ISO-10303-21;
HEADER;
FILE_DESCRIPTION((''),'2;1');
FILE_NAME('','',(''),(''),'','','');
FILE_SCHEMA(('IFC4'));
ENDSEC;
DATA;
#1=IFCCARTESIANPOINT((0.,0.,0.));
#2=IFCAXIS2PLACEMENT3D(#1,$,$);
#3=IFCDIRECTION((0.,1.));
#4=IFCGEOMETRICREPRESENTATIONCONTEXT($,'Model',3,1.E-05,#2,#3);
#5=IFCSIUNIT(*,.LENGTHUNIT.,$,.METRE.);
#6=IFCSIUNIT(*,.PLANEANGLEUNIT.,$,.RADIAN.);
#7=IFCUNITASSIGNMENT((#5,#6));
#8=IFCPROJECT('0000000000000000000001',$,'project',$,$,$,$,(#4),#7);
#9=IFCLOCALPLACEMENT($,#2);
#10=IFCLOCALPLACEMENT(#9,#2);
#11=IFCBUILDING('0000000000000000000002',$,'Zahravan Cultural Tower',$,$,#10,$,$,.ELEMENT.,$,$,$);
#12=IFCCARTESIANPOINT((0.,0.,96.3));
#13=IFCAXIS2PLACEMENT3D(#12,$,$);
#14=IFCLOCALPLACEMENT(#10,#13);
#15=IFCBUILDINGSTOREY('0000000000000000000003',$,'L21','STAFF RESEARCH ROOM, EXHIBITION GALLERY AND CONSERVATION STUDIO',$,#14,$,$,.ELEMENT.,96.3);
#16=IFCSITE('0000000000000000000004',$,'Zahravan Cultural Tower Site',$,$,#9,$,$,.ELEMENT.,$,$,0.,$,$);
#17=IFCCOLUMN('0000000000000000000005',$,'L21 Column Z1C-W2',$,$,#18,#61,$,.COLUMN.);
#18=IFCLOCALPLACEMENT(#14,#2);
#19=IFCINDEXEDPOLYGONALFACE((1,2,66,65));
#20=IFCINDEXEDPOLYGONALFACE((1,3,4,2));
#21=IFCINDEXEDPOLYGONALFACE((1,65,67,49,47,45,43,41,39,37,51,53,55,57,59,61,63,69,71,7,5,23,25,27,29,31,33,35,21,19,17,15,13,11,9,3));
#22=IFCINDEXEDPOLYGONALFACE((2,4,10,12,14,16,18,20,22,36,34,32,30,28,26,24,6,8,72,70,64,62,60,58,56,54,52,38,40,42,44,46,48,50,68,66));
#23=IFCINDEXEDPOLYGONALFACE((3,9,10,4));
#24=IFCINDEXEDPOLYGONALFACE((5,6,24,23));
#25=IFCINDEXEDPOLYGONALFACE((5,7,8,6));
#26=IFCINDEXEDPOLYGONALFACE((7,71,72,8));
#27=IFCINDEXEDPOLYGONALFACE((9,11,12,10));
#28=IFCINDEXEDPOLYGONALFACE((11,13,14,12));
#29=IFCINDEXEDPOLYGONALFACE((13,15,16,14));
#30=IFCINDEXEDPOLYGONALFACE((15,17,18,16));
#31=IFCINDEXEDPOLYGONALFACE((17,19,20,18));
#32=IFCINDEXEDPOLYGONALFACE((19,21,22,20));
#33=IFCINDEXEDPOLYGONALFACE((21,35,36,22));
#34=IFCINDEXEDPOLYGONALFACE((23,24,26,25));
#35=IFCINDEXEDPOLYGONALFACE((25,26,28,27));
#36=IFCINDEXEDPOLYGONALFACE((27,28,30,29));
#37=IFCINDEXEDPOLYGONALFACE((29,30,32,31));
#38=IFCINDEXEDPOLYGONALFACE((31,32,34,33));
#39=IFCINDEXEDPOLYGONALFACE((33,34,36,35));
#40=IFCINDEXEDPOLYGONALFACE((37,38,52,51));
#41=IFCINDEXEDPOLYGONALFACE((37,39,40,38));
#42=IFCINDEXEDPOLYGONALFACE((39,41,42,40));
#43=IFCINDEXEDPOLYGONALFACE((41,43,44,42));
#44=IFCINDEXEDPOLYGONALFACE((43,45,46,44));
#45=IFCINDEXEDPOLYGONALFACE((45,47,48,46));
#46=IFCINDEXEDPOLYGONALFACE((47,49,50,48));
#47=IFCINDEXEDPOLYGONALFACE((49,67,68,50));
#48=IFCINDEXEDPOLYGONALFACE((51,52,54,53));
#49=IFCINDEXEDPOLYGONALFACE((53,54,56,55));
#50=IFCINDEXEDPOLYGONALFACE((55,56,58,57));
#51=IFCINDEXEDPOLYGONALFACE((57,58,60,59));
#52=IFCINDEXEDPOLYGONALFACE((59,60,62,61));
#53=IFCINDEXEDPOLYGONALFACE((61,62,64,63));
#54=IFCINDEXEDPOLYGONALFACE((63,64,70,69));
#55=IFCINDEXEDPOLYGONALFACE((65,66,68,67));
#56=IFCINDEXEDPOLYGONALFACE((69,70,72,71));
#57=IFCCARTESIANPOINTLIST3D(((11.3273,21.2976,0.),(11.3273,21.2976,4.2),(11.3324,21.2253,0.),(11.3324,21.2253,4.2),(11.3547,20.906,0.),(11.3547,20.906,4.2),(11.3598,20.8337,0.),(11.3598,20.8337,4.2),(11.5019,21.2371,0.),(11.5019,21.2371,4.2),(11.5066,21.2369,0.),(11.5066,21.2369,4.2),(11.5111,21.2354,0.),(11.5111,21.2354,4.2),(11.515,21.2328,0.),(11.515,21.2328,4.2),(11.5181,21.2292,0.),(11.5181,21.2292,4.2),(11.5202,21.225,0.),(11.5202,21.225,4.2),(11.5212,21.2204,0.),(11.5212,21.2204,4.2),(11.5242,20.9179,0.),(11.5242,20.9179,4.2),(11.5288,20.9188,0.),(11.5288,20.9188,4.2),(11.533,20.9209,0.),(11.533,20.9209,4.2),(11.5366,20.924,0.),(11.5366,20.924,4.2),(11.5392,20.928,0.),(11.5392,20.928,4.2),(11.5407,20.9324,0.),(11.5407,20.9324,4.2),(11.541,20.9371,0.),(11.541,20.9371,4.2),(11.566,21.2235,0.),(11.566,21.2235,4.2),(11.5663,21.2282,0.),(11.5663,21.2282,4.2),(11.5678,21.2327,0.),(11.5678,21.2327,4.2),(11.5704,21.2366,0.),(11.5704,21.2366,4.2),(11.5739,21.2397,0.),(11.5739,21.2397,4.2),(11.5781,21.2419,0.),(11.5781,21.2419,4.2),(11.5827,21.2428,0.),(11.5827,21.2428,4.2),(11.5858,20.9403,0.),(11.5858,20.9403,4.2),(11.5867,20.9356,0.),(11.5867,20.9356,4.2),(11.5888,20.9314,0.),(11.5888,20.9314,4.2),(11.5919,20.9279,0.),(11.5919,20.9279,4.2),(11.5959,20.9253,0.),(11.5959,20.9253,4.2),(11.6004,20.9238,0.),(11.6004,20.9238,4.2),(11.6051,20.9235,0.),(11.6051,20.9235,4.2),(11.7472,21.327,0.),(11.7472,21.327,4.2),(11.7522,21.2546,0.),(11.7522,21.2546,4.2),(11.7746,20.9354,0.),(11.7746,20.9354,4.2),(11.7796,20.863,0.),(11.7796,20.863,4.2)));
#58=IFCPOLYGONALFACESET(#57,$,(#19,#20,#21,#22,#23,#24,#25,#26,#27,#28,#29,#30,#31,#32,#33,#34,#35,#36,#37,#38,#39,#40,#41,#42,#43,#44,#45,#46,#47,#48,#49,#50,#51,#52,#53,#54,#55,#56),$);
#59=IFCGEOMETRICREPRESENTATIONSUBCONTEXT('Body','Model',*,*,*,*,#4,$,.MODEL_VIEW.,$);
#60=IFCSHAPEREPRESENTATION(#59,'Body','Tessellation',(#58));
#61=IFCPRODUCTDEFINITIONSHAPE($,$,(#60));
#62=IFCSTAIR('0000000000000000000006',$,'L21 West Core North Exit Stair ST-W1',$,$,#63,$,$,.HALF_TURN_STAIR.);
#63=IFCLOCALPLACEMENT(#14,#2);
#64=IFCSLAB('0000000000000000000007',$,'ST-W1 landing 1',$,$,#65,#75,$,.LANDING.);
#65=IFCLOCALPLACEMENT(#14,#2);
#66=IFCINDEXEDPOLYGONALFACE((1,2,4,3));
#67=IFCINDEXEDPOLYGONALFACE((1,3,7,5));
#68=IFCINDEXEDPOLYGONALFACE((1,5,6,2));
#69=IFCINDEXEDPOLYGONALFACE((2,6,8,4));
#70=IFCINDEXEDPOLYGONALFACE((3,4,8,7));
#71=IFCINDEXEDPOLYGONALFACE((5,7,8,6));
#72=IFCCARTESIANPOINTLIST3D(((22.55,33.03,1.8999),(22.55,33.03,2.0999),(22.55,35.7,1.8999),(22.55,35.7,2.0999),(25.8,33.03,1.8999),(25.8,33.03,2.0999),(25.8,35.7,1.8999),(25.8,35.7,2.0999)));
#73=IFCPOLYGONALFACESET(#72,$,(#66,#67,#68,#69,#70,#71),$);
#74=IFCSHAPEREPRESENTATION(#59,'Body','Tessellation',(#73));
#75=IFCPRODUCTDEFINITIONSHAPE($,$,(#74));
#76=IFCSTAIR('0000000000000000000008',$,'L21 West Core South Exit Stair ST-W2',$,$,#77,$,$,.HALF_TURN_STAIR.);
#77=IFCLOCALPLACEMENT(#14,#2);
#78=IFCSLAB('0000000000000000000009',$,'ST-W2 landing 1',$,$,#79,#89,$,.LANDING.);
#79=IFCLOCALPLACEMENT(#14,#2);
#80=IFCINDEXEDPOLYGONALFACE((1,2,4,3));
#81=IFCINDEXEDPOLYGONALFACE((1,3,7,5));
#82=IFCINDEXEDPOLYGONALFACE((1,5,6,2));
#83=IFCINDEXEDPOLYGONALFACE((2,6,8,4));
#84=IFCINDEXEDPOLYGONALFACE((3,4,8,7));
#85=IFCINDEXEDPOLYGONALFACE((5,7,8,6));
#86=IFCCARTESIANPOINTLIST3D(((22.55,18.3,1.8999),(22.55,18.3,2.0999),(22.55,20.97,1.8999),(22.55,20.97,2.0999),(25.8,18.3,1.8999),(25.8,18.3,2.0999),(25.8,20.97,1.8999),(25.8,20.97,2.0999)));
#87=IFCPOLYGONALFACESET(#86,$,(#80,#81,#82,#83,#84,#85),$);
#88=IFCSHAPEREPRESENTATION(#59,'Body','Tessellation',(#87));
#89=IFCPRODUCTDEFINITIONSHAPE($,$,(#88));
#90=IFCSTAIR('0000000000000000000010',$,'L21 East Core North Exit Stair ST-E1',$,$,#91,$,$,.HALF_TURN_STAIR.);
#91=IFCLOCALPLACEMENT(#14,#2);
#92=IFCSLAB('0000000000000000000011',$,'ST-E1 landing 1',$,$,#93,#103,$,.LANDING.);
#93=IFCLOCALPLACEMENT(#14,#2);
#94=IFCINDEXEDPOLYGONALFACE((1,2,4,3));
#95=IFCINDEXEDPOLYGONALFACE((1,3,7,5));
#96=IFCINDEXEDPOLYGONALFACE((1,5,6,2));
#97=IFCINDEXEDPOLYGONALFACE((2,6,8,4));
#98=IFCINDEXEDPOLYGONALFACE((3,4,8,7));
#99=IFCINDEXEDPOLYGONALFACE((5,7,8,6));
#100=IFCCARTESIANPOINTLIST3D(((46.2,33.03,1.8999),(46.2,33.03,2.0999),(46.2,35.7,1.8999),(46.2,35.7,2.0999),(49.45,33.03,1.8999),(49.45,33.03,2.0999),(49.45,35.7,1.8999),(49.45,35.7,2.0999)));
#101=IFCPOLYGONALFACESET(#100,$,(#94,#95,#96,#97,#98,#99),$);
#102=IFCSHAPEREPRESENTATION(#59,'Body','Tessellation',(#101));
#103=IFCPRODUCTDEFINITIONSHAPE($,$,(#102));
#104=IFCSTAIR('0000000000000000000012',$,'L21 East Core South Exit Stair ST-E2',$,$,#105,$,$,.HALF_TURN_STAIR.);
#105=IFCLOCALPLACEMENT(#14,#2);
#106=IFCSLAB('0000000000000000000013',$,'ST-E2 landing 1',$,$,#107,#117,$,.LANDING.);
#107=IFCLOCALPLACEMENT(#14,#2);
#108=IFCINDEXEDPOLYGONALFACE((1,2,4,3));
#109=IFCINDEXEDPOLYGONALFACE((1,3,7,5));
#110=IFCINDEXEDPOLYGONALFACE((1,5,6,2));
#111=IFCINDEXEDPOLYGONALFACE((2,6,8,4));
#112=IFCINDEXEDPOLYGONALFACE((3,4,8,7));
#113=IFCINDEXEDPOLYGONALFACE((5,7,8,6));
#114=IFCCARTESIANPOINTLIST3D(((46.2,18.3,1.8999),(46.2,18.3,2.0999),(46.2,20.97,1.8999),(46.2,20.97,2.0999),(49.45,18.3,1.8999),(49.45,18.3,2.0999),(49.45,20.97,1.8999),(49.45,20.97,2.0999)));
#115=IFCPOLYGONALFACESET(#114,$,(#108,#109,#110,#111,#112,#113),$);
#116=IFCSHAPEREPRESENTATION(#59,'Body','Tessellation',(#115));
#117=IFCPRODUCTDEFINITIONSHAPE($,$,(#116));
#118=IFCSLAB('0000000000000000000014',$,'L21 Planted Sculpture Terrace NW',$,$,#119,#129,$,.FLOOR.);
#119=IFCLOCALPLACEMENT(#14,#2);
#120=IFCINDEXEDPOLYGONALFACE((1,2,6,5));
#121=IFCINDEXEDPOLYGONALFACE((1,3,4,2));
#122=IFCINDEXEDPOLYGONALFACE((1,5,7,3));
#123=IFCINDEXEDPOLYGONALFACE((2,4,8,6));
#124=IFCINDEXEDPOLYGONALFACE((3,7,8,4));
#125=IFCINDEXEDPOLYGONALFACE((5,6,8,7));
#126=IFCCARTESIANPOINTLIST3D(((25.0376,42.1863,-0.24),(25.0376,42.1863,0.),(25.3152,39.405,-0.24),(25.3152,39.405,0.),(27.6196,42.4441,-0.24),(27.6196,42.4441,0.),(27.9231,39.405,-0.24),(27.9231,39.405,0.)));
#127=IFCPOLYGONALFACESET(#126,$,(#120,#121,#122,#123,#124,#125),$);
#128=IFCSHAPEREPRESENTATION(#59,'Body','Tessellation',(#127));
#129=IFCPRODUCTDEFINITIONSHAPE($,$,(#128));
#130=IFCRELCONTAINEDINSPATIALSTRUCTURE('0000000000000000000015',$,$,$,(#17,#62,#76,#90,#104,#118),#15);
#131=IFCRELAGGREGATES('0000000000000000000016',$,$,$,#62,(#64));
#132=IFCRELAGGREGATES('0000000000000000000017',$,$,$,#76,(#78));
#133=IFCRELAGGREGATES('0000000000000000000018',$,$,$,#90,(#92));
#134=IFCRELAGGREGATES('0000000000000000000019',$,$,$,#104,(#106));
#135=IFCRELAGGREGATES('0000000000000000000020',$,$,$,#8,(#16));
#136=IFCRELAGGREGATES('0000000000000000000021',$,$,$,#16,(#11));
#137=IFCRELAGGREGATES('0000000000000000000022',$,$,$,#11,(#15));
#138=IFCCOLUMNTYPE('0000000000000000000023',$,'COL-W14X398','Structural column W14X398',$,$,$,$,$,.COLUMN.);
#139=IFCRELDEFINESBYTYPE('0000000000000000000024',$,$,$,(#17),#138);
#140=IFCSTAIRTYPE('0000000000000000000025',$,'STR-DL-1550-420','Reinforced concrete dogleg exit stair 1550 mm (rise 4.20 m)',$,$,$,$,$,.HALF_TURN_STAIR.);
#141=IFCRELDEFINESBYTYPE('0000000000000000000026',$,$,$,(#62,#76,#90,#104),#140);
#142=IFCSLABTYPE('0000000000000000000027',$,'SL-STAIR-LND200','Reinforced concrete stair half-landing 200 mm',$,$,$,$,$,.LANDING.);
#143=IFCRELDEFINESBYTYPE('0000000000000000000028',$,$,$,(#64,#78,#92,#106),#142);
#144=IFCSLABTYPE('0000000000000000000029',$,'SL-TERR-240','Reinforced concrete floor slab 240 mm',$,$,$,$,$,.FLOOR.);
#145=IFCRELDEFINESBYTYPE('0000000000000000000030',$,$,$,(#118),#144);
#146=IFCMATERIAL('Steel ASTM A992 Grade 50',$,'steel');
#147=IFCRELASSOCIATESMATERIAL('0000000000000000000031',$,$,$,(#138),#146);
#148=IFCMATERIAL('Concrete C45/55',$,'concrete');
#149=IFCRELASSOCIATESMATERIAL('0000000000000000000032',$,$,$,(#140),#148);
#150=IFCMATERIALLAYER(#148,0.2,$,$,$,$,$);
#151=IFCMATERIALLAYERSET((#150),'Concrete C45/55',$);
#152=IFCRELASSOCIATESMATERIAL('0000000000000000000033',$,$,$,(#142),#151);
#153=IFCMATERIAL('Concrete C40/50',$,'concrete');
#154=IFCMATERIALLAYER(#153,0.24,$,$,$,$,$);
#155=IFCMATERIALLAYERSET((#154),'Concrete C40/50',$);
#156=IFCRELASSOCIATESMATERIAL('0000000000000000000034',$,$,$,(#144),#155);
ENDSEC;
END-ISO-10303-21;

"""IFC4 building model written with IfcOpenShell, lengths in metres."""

from ifc_helpers import new_model, si_unit, direction, frame, origin, origin_2d, place, context, subcontext, project, spatial, polyline, i_section, outline, extrude, source, transform, mapped, material, layer, layer_set, material_profile, profile_set, type_object, element, aggregate, save


model = new_model("IFC4")

# Units and contexts
model_context = context("Model", 3, precision=1e-05, world=origin(), true_north=direction((0.0, 1.0)))
body_context = subcontext(model_context, "Body", "Model", "MODEL_VIEW")
ifc_project = project(units=[si_unit("LENGTHUNIT", "METRE"), si_unit("PLANEANGLEUNIT", "RADIAN")], contexts=[model_context])

# Site, building, storey
site_placement = place(None, origin())
site = spatial("IfcSite", under=ifc_project, at=site_placement, Name="Zahravan Cultural Tower Site", CompositionType="ELEMENT", RefElevation=0.0)
building_placement = place(site_placement, origin())
building = spatial("IfcBuilding", under=site, at=building_placement, Name="Zahravan Cultural Tower", CompositionType="ELEMENT")
storey_placement = place(building_placement, frame((0.0, 0.0, 96.3)))
storey = spatial("IfcBuildingStorey", under=building, at=storey_placement, Name="L21", Description="STAFF RESEARCH ROOM, EXHIBITION GALLERY AND CONSERVATION STUDIO", CompositionType="ELEMENT", Elevation=96.3)

# Column
ifc_material_1 = material(Name="Steel ASTM A992 Grade 50", Category="steel")
ifc_material_profile = material_profile(ifc_material_1, i_section(OverallWidth=0.4209, OverallDepth=0.4651, WebThickness=0.0449, FlangeThickness=0.0725, FilletRadius=0.0181, at=origin_2d()), Name="W14X398")
ifc_profile_set = profile_set([ifc_material_profile], Name="Steel ASTM A992 Grade 50")
column_type = type_object("IfcColumnType", Name="COL-W14X398", Description="Structural column W14X398", PredefinedType="COLUMN", material=ifc_profile_set)
shared_shape_1 = source(origin(), body_context, "Body", "SweptSolid", [
    extrude(i_section(OverallWidth=0.4209, OverallDepth=0.4651, WebThickness=0.0449, FlangeThickness=0.0725, FilletRadius=0.0181, at=origin_2d()), origin(), (0.0, 0.0, 1.0), 4.2),
])
column_placement = place(storey_placement, frame((11.5535, 21.0803, 0.0), z_axis=(0.0, 0.0, 1.0), x_axis=(0.997564, 0.069756, 0.0)))
element("IfcColumn", 1, at=column_placement, inside=storey, type_object=column_type, Name="L21 Column Z1C-W2", PredefinedType="COLUMN", context=body_context, shape_type="MappedRepresentation", body=[
    mapped(shared_shape_1, transform((0.0, 0.0, 0.0), x_axis=(1.0, 0.0, 0.0), y_axis=(0.0, 1.0, 0.0), z_axis=(0.0, 0.0, 1.0), scale=1.0)),
])

# Stairs, slabs
ifc_material_2 = material(Name="Concrete C45/55", Category="concrete")
stair_type = type_object("IfcStairType", Name="STR-DL-1550-420", Description="Reinforced concrete dogleg exit stair 1550 mm (rise 4.20 m)", PredefinedType="HALF_TURN_STAIR", material=ifc_material_2)
stair_1_placement = place(storey_placement, origin())
stair_1 = element("IfcStair", 2, at=stair_1_placement, inside=storey, type_object=stair_type, Name="L21 West Core North Exit Stair ST-W1", PredefinedType="HALF_TURN_STAIR")
ifc_layer_1 = layer(ifc_material_2, 0.2)
ifc_layer_set_1 = layer_set([ifc_layer_1], Name="Concrete C45/55")
slab_type_1 = type_object("IfcSlabType", Name="SL-STAIR-LND200", Description="Reinforced concrete stair half-landing 200 mm", PredefinedType="LANDING", material=ifc_layer_set_1)
slab_1_placement = place(storey_placement, frame((0.0, 0.0, 1.8999)))
slab_1 = element("IfcSlab", 3, at=slab_1_placement, type_object=slab_type_1, Name="ST-W1 landing 1", PredefinedType="LANDING", context=body_context, shape_type="SweptSolid", body=[
    extrude(outline(polyline([(25.8, 33.03), (25.8, 35.7), (22.55, 35.7), (22.55, 33.03), (25.8, 33.03)])), origin(), (0.0, 0.0, 1.0), 0.2),
])
aggregate(stair_1, [slab_1])
stair_2_placement = place(storey_placement, origin())
stair_2 = element("IfcStair", 4, at=stair_2_placement, inside=storey, type_object=stair_type, Name="L21 West Core South Exit Stair ST-W2", PredefinedType="HALF_TURN_STAIR")
slab_2_placement = place(storey_placement, frame((0.0, 0.0, 1.8999)))
slab_2 = element("IfcSlab", 5, at=slab_2_placement, type_object=slab_type_1, Name="ST-W2 landing 1", PredefinedType="LANDING", context=body_context, shape_type="SweptSolid", body=[
    extrude(outline(polyline([(22.55, 20.97), (22.55, 18.3), (25.8, 18.3), (25.8, 20.97), (22.55, 20.97)])), origin(), (0.0, 0.0, 1.0), 0.2),
])
aggregate(stair_2, [slab_2])
stair_3_placement = place(storey_placement, origin())
stair_3 = element("IfcStair", 6, at=stair_3_placement, inside=storey, type_object=stair_type, Name="L21 East Core North Exit Stair ST-E1", PredefinedType="HALF_TURN_STAIR")
slab_3_placement = place(storey_placement, frame((0.0, 0.0, 1.8999)))
slab_3 = element("IfcSlab", 7, at=slab_3_placement, type_object=slab_type_1, Name="ST-E1 landing 1", PredefinedType="LANDING", context=body_context, shape_type="SweptSolid", body=[
    extrude(outline(polyline([(49.45, 33.03), (49.45, 35.7), (46.2, 35.7), (46.2, 33.03), (49.45, 33.03)])), origin(), (0.0, 0.0, 1.0), 0.2),
])
aggregate(stair_3, [slab_3])
stair_4_placement = place(storey_placement, origin())
stair_4 = element("IfcStair", 8, at=stair_4_placement, inside=storey, type_object=stair_type, Name="L21 East Core South Exit Stair ST-E2", PredefinedType="HALF_TURN_STAIR")
slab_4_placement = place(storey_placement, frame((0.0, 0.0, 1.8999)))
slab_4 = element("IfcSlab", 9, at=slab_4_placement, type_object=slab_type_1, Name="ST-E2 landing 1", PredefinedType="LANDING", context=body_context, shape_type="SweptSolid", body=[
    extrude(outline(polyline([(46.2, 20.97), (46.2, 18.3), (49.45, 18.3), (49.45, 20.97), (46.2, 20.97)])), origin(), (0.0, 0.0, 1.0), 0.2),
])
aggregate(stair_4, [slab_4])

# Slab
ifc_material_3 = material(Name="Concrete C40/50", Category="concrete")
ifc_layer_2 = layer(ifc_material_3, 0.24)
ifc_layer_set_2 = layer_set([ifc_layer_2], Name="Concrete C40/50")
slab_type_2 = type_object("IfcSlabType", Name="SL-TERR-240", Description="Reinforced concrete floor slab 240 mm", PredefinedType="FLOOR", material=ifc_layer_set_2)
slab_5_placement = place(storey_placement, frame((0.0, 0.0, -0.24)))
element("IfcSlab", 10, at=slab_5_placement, inside=storey, type_object=slab_type_2, Name="L21 Planted Sculpture Terrace NW", PredefinedType="FLOOR", context=body_context, shape_type="SweptSolid", body=[
    extrude(outline(polyline([(25.0376, 42.1863), (25.3152, 39.405), (27.9231, 39.405), (27.6196, 42.4441), (25.0376, 42.1863)])), origin(), (0.0, 0.0, 1.0), 0.24),
])

save(model, "model.ifc")
